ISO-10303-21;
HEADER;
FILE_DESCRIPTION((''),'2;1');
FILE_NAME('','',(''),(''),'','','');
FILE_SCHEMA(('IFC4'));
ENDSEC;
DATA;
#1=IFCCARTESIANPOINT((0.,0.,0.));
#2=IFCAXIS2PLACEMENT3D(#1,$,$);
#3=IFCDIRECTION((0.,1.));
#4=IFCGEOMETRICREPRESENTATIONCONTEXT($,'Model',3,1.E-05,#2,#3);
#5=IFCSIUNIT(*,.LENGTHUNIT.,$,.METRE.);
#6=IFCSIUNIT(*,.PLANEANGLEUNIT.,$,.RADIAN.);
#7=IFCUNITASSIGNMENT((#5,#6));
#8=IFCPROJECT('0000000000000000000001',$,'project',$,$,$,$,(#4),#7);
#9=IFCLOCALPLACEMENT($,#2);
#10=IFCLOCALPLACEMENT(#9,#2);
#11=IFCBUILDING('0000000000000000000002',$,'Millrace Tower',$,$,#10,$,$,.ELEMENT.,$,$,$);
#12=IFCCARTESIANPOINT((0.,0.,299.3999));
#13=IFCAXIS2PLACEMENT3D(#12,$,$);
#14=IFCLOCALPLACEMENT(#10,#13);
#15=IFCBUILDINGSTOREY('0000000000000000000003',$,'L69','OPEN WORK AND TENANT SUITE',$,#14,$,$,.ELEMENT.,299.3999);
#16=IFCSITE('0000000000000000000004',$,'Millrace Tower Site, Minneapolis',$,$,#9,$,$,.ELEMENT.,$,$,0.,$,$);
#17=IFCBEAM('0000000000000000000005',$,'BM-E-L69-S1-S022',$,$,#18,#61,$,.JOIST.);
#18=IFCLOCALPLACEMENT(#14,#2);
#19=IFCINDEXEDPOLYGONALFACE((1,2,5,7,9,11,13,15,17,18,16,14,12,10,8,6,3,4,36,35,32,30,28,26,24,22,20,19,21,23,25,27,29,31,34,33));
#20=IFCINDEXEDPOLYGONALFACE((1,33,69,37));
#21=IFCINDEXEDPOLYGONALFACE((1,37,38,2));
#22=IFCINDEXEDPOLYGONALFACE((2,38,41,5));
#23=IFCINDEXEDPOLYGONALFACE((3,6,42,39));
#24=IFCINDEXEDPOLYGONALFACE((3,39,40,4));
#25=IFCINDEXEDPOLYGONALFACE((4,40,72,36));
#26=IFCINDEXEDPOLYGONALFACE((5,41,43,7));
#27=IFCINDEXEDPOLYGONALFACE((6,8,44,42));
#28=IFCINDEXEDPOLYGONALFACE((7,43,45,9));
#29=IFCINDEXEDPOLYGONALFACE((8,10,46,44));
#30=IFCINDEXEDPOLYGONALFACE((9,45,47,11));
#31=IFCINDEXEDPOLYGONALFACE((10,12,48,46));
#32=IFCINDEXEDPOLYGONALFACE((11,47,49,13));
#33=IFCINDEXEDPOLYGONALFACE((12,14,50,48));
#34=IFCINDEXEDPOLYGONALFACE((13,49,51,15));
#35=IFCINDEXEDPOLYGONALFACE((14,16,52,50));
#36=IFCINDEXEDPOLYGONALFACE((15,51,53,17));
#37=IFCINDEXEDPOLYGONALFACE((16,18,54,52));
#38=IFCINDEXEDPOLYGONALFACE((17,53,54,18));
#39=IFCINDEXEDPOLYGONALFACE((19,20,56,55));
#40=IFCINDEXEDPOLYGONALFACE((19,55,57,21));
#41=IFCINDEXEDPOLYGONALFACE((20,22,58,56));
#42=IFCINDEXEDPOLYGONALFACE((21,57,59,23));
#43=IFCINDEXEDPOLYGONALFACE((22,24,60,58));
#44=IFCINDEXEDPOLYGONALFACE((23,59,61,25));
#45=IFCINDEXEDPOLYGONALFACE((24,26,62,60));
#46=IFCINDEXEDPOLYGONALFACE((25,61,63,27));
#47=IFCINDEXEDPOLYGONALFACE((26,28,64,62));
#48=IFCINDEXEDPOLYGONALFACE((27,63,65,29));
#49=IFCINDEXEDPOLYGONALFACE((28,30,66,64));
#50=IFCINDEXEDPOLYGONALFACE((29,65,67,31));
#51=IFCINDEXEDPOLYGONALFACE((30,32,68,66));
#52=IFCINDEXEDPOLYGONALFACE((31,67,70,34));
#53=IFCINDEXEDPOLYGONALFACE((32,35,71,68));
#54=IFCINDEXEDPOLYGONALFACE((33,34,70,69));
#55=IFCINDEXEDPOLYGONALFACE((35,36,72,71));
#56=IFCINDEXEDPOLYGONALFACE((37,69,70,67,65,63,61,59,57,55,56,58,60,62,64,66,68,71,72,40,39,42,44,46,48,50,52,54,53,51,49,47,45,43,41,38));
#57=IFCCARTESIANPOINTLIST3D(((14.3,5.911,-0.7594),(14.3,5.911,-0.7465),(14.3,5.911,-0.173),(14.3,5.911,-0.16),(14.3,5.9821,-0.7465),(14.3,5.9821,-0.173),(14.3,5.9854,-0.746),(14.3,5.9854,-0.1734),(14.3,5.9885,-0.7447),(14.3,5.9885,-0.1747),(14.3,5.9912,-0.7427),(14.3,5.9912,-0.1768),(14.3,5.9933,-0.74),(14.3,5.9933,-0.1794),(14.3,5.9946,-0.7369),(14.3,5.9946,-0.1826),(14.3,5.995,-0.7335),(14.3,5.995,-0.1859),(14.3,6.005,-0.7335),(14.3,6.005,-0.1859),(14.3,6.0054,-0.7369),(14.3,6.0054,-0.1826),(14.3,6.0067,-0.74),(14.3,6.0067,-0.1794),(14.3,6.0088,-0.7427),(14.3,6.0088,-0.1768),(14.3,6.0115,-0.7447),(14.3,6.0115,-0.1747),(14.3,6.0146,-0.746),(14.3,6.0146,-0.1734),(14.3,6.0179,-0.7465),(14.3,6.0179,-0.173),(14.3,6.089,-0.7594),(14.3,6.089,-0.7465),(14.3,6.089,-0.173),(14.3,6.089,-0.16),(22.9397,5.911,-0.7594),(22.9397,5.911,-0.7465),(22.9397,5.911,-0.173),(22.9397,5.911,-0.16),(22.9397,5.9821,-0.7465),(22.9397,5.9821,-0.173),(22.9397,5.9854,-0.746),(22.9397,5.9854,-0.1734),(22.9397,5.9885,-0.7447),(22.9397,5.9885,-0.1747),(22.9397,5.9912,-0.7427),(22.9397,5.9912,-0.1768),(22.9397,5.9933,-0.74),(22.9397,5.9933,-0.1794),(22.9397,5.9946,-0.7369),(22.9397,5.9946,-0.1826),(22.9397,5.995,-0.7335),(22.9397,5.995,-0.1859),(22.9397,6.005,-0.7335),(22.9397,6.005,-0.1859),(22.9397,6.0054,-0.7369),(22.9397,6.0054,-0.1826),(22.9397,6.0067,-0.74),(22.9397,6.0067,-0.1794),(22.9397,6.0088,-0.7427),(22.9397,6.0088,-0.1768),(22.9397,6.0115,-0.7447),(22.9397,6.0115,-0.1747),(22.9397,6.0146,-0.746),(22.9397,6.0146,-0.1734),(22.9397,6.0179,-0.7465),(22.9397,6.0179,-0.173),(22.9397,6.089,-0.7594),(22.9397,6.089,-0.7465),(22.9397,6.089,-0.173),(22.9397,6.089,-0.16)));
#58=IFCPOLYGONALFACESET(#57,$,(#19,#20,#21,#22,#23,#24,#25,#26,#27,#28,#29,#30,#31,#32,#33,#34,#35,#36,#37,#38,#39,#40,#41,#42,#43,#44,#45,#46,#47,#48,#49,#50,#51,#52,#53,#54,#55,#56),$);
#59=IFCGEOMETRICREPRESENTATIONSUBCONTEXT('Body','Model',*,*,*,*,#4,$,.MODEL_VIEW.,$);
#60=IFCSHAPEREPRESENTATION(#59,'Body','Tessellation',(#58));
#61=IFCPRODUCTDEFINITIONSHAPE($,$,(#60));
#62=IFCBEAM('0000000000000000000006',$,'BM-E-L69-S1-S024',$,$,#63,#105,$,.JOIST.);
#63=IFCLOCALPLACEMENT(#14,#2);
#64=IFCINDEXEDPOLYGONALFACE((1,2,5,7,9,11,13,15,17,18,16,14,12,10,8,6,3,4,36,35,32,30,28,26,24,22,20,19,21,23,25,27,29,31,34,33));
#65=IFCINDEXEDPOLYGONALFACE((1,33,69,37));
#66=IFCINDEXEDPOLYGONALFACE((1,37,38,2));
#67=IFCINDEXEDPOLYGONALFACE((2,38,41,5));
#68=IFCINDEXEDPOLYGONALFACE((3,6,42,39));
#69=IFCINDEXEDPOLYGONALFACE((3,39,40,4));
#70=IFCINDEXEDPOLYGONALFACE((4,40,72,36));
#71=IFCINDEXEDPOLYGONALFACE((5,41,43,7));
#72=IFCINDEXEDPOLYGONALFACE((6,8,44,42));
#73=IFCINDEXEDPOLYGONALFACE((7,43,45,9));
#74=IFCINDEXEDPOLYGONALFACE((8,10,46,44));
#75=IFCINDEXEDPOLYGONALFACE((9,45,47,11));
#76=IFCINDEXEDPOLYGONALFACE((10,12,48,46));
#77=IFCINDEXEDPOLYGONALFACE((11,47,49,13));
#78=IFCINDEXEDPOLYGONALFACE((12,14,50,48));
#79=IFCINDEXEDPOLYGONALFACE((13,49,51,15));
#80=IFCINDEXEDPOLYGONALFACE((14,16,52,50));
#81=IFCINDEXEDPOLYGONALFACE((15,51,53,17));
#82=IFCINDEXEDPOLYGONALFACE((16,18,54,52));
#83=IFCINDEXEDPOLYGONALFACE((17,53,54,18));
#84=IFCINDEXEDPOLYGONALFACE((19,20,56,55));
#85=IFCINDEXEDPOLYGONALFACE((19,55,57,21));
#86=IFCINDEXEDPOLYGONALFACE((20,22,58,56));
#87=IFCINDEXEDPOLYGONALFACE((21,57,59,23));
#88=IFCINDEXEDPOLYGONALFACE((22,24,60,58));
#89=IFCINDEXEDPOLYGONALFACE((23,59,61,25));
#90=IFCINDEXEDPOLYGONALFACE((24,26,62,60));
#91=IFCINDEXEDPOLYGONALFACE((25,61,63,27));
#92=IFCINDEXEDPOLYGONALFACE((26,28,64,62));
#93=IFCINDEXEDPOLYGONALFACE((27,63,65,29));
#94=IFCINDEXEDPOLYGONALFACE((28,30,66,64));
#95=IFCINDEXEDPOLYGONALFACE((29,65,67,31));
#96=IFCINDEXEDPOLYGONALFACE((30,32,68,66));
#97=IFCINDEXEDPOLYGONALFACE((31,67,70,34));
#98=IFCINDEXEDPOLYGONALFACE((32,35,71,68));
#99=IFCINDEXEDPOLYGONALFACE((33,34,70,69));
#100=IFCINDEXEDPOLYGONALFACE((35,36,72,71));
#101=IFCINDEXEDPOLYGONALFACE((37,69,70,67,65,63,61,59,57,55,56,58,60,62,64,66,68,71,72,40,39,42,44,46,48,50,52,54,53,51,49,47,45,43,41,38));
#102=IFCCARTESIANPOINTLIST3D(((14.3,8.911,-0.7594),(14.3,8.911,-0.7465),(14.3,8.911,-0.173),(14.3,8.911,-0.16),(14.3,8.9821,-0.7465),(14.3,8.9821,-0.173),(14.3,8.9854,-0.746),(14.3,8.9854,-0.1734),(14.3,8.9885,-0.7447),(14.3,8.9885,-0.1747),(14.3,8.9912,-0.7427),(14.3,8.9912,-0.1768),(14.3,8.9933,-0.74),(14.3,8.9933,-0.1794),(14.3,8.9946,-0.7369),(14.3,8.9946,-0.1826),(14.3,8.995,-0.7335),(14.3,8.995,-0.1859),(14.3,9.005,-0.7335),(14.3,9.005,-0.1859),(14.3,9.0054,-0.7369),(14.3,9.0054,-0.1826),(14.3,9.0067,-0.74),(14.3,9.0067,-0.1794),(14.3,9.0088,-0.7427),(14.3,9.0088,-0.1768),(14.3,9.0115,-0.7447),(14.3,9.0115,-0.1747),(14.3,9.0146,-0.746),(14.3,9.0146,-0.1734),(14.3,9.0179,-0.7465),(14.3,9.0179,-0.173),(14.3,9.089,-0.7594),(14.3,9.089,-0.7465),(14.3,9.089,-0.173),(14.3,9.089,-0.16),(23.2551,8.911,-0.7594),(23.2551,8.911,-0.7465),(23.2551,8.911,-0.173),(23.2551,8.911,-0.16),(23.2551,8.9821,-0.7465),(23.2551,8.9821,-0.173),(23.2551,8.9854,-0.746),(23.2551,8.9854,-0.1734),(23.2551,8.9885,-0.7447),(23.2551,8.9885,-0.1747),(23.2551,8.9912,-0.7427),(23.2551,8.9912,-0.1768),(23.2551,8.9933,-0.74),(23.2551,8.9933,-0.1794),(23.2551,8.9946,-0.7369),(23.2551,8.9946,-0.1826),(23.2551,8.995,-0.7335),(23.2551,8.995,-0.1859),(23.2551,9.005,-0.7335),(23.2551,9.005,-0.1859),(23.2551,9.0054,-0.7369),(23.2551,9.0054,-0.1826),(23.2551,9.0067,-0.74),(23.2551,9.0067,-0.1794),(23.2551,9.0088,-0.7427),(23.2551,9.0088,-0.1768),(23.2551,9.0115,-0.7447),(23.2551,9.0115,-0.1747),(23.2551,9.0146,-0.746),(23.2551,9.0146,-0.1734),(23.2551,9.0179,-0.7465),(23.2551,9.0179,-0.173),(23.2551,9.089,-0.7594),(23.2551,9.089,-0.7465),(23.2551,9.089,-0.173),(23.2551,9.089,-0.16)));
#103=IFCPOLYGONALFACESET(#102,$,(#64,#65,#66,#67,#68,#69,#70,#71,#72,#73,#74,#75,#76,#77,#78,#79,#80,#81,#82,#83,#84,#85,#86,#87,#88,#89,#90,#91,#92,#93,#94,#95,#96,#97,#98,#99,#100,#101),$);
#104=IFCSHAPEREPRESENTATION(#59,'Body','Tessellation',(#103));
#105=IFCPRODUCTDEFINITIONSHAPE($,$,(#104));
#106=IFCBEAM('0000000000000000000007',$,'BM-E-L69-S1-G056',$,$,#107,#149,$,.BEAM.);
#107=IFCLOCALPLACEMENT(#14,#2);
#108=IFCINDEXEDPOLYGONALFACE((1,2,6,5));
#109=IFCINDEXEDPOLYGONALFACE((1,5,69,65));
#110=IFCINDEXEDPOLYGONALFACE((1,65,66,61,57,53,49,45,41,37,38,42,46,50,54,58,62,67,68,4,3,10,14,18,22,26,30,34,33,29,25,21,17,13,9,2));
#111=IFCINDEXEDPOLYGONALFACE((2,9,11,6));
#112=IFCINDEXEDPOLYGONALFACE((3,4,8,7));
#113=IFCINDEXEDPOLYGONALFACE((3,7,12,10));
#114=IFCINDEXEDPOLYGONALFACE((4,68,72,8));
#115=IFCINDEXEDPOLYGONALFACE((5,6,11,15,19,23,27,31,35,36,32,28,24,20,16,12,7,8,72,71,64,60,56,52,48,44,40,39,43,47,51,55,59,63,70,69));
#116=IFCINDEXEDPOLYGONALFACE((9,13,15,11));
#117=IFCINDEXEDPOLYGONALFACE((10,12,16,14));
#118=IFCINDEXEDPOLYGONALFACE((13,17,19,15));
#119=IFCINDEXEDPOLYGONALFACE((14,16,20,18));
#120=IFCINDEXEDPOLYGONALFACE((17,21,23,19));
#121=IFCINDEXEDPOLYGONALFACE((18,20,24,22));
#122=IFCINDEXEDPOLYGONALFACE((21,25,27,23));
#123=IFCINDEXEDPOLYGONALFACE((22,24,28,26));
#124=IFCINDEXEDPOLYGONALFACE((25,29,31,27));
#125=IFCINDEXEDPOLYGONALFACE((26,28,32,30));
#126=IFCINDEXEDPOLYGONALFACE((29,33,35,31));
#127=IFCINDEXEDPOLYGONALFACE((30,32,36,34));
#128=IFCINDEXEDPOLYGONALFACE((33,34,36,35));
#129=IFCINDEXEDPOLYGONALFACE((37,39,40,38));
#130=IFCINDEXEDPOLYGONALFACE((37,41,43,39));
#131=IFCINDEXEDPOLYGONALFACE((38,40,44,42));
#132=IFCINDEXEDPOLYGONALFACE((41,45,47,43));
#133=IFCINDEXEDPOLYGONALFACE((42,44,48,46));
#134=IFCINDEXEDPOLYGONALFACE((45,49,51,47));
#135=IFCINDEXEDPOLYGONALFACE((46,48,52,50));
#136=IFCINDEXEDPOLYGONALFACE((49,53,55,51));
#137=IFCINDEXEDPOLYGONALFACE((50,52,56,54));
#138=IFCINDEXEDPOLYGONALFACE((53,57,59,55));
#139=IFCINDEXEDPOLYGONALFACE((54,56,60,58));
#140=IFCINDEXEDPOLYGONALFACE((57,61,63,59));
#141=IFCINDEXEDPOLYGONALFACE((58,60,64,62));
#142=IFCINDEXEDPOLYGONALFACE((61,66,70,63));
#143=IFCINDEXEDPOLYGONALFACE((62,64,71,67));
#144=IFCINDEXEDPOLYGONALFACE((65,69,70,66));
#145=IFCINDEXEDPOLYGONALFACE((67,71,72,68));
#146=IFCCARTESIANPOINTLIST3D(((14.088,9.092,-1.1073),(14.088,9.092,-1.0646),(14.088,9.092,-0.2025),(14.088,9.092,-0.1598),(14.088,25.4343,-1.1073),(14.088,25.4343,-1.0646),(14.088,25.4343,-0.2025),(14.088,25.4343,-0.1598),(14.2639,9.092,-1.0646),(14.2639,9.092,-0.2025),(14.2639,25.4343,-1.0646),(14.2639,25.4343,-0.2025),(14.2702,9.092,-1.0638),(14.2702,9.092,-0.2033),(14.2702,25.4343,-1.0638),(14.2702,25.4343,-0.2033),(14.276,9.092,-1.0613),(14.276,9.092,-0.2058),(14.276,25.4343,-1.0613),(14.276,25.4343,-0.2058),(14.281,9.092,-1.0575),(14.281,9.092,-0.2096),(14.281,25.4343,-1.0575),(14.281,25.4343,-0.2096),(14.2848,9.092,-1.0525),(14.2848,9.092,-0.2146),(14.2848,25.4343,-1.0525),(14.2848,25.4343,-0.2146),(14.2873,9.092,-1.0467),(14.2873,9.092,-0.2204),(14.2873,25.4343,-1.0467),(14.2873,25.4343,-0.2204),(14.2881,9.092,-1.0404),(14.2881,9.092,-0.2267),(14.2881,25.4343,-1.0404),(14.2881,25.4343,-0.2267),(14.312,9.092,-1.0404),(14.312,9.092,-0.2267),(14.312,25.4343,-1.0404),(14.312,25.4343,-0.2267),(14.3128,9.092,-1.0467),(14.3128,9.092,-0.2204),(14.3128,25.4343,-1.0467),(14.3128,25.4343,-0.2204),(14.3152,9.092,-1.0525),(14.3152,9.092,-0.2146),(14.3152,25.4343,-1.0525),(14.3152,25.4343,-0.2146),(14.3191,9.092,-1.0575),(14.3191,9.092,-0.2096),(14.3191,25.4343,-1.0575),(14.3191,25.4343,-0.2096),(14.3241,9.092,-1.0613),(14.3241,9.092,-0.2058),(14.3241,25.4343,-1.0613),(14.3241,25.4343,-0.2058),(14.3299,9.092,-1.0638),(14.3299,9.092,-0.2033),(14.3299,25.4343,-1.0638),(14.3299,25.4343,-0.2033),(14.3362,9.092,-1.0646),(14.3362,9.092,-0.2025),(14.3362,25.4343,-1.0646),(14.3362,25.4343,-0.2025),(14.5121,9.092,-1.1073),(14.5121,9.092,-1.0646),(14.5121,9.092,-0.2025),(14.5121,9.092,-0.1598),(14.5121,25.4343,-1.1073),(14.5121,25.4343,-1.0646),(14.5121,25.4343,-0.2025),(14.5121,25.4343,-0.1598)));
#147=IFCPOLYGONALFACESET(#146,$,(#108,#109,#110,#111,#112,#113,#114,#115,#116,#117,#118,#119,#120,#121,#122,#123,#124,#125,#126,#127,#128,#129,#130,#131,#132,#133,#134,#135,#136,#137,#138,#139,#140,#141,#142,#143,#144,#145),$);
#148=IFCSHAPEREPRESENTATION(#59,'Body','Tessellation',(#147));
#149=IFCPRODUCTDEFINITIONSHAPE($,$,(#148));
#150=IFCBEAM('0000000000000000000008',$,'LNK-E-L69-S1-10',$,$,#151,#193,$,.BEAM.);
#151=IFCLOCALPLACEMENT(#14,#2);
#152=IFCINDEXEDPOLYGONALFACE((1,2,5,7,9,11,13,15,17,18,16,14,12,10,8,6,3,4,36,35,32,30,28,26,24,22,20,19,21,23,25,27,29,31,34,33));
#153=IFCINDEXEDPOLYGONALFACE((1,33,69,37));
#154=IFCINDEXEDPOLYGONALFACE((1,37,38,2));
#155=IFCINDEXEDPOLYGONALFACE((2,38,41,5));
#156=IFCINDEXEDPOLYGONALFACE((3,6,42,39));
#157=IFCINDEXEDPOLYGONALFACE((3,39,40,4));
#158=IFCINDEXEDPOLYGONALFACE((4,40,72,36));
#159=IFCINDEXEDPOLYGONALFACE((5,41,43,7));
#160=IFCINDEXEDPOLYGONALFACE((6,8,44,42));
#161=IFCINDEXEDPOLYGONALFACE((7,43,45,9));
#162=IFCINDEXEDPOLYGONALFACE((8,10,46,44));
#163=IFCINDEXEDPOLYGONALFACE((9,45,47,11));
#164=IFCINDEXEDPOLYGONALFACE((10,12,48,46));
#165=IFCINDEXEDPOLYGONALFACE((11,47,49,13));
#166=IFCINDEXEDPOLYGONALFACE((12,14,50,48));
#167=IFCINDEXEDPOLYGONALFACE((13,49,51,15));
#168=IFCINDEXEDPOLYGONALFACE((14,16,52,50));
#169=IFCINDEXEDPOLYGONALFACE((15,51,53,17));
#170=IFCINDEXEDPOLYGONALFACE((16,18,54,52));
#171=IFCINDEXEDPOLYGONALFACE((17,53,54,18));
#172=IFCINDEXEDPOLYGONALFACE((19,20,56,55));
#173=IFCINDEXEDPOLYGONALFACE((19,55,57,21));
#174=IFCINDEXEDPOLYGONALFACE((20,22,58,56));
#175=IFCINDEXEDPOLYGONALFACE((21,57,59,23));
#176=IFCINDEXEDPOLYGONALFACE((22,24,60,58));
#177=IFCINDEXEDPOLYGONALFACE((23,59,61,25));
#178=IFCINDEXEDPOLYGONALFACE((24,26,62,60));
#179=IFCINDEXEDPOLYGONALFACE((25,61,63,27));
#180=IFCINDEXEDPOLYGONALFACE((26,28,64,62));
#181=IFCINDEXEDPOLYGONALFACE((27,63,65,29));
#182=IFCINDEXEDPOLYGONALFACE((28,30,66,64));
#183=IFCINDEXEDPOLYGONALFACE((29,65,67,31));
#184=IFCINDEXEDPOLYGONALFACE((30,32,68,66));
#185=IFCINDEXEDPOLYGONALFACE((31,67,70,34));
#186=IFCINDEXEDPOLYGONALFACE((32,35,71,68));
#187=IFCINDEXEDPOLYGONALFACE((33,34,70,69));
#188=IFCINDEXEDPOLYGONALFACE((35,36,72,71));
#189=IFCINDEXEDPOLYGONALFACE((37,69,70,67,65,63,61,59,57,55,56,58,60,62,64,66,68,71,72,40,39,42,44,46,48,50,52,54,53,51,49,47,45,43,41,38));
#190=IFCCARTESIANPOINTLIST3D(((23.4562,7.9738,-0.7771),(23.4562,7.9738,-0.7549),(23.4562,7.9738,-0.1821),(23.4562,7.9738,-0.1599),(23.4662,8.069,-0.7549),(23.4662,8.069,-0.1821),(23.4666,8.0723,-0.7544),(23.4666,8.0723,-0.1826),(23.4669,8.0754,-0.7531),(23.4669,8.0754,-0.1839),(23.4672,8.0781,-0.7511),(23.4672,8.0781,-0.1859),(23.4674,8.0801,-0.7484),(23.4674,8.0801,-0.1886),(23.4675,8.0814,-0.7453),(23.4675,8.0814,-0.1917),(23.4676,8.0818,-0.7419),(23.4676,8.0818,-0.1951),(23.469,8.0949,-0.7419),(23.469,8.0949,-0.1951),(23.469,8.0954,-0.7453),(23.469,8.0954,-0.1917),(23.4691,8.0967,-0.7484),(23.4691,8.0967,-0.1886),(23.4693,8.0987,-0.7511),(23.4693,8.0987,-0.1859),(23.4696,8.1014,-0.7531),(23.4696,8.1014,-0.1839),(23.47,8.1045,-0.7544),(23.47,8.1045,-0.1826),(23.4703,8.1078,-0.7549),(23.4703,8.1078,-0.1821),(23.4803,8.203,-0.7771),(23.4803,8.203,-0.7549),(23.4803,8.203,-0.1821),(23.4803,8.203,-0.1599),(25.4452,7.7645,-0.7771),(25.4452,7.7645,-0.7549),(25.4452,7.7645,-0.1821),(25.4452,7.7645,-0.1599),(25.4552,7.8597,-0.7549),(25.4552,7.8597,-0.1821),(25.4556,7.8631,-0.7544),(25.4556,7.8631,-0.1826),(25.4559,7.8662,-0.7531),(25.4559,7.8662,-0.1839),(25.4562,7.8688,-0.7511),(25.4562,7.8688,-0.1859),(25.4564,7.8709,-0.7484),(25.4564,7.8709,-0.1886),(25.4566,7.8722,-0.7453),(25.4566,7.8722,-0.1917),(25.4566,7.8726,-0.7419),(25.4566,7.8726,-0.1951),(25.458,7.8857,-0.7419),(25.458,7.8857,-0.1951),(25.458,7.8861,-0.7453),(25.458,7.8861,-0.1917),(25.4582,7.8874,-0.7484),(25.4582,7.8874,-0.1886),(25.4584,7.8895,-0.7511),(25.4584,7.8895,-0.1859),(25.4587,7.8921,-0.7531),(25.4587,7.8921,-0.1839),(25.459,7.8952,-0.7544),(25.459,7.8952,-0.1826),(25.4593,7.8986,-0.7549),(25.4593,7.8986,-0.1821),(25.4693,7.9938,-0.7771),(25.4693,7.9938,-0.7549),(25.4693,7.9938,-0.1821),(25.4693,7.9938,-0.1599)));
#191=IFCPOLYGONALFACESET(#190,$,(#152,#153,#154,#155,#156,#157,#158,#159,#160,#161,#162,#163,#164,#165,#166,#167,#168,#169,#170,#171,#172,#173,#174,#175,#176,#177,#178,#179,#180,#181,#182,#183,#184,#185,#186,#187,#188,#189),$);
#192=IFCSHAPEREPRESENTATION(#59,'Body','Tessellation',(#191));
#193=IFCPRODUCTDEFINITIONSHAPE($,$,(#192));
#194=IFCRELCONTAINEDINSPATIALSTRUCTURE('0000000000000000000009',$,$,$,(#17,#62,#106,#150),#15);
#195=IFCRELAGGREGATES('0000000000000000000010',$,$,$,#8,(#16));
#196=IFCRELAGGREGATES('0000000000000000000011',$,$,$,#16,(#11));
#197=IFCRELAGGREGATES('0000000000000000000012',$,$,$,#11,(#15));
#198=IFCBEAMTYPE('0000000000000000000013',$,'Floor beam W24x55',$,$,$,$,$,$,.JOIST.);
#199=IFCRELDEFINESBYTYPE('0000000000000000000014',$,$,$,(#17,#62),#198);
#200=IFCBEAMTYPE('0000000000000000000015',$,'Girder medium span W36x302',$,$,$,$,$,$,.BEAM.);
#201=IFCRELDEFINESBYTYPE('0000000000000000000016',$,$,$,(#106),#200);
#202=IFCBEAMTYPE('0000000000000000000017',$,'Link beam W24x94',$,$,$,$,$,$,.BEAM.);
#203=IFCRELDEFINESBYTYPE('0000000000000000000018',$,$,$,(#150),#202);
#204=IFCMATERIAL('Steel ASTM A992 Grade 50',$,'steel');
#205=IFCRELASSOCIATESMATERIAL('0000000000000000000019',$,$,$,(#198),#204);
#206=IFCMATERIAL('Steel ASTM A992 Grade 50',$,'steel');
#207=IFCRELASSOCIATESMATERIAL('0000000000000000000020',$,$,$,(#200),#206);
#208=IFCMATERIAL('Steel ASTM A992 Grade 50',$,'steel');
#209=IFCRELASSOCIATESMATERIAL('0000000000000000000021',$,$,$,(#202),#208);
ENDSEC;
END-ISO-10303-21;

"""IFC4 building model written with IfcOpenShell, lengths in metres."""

from ifc_helpers import new_model, si_unit, direction, frame, origin, origin_2d, place, context, subcontext, project, spatial, i_section, extrude, material, material_profile, profile_set, type_object, element, save


model = new_model("IFC4")

# Units and contexts
model_context = context("Model", 3, precision=1e-05, world=origin(), true_north=direction((0.0, 1.0)))
body_context = subcontext(model_context, "Body", "Model", "MODEL_VIEW")
ifc_project = project(units=[si_unit("LENGTHUNIT", "METRE"), si_unit("PLANEANGLEUNIT", "RADIAN")], contexts=[model_context])

# Site, building, storey
site_placement = place(None, origin())
site = spatial("IfcSite", under=ifc_project, at=site_placement, Name="Millrace Tower Site, Minneapolis", CompositionType="ELEMENT", RefElevation=0.0)
building_placement = place(site_placement, origin())
building = spatial("IfcBuilding", under=site, at=building_placement, Name="Millrace Tower", CompositionType="ELEMENT")
storey_placement = place(building_placement, frame((0.0, 0.0, 299.3999)))
storey = spatial("IfcBuildingStorey", under=building, at=storey_placement, Name="L69", Description="OPEN WORK AND TENANT SUITE", CompositionType="ELEMENT", Elevation=299.3999)

# Beams
ifc_material_1 = material(Name="Steel ASTM A992 Grade 50", Category="steel")
ifc_material_profile_1 = material_profile(ifc_material_1, i_section(OverallWidth=0.178, OverallDepth=0.5994, WebThickness=0.01, FlangeThickness=0.0129, FilletRadius=0.0129, at=origin_2d()))
ifc_profile_set_1 = profile_set([ifc_material_profile_1], Name="Steel ASTM A992 Grade 50")
beam_type_1 = type_object("IfcBeamType", Name="Floor beam W24x55", PredefinedType="JOIST", material=ifc_profile_set_1)
beam_1_placement = place(storey_placement, frame((14.3, 6.0, -0.4597), z_axis=(1.0, 0.0, 0.0), x_axis=(0.0, 1.0, 0.0)))
element("IfcBeam", 1, at=beam_1_placement, inside=storey, type_object=beam_type_1, Name="BM-E-L69-S1-S022", PredefinedType="JOIST", context=body_context, shape_type="SweptSolid", body=[
    extrude(i_section(OverallWidth=0.178, OverallDepth=0.5994, WebThickness=0.01, FlangeThickness=0.0129, FilletRadius=0.0129, at=origin_2d()), origin(), (0.0, 0.0, 1.0), 8.6396),
])
beam_2_placement = place(storey_placement, frame((14.3, 9.0, -0.4597), z_axis=(1.0, 0.0, 0.0), x_axis=(0.0, 1.0, 0.0)))
element("IfcBeam", 2, at=beam_2_placement, inside=storey, type_object=beam_type_1, Name="BM-E-L69-S1-S024", PredefinedType="JOIST", context=body_context, shape_type="SweptSolid", body=[
    extrude(i_section(OverallWidth=0.178, OverallDepth=0.5994, WebThickness=0.01, FlangeThickness=0.0129, FilletRadius=0.0129, at=origin_2d()), origin(), (0.0, 0.0, 1.0), 8.9551),
])
ifc_material_2 = material(Name="Steel ASTM A992 Grade 50", Category="steel")
ifc_material_profile_2 = material_profile(ifc_material_2, i_section(OverallWidth=0.4241, OverallDepth=0.9475, WebThickness=0.0239, FlangeThickness=0.0427, FilletRadius=0.0242, at=origin_2d()))
ifc_profile_set_2 = profile_set([ifc_material_profile_2], Name="Steel ASTM A992 Grade 50")
beam_type_2 = type_object("IfcBeamType", Name="Girder medium span W36x302", PredefinedType="BEAM", material=ifc_profile_set_2)
beam_3_placement = place(storey_placement, frame((14.3, 9.092, -0.6335), z_axis=(0.0, 1.0, 0.0), x_axis=(-1.0, 0.0, 0.0)))
element("IfcBeam", 3, at=beam_3_placement, inside=storey, type_object=beam_type_2, Name="BM-E-L69-S1-G056", PredefinedType="BEAM", context=body_context, shape_type="SweptSolid", body=[
    extrude(i_section(OverallWidth=0.4241, OverallDepth=0.9475, WebThickness=0.0239, FlangeThickness=0.0427, FilletRadius=0.0242, at=origin_2d()), origin(), (0.0, 0.0, 1.0), 16.3423),
])
ifc_material_3 = material(Name="Steel ASTM A992 Grade 50", Category="steel")
ifc_material_profile_3 = material_profile(ifc_material_3, i_section(OverallWidth=0.2305, OverallDepth=0.6172, WebThickness=0.0132, FlangeThickness=0.0222, FilletRadius=0.0129, at=origin_2d()))
ifc_profile_set_3 = profile_set([ifc_material_profile_3], Name="Steel ASTM A992 Grade 50")
beam_type_3 = type_object("IfcBeamType", Name="Link beam W24x94", PredefinedType="BEAM", material=ifc_profile_set_3)
beam_4_placement = place(storey_placement, frame((23.4683, 8.0884, -0.4685), z_axis=(0.994513, -0.104615, 0.0), x_axis=(0.104615, 0.994513, 0.0)))
element("IfcBeam", 4, at=beam_4_placement, inside=storey, type_object=beam_type_3, Name="LNK-E-L69-S1-10", PredefinedType="BEAM", context=body_context, shape_type="SweptSolid", body=[
    extrude(i_section(OverallWidth=0.2305, OverallDepth=0.6172, WebThickness=0.0132, FlangeThickness=0.0222, FilletRadius=0.0129, at=origin_2d()), origin(), (0.0, 0.0, 1.0), 2.0),
])

save(model, "model.ifc")
